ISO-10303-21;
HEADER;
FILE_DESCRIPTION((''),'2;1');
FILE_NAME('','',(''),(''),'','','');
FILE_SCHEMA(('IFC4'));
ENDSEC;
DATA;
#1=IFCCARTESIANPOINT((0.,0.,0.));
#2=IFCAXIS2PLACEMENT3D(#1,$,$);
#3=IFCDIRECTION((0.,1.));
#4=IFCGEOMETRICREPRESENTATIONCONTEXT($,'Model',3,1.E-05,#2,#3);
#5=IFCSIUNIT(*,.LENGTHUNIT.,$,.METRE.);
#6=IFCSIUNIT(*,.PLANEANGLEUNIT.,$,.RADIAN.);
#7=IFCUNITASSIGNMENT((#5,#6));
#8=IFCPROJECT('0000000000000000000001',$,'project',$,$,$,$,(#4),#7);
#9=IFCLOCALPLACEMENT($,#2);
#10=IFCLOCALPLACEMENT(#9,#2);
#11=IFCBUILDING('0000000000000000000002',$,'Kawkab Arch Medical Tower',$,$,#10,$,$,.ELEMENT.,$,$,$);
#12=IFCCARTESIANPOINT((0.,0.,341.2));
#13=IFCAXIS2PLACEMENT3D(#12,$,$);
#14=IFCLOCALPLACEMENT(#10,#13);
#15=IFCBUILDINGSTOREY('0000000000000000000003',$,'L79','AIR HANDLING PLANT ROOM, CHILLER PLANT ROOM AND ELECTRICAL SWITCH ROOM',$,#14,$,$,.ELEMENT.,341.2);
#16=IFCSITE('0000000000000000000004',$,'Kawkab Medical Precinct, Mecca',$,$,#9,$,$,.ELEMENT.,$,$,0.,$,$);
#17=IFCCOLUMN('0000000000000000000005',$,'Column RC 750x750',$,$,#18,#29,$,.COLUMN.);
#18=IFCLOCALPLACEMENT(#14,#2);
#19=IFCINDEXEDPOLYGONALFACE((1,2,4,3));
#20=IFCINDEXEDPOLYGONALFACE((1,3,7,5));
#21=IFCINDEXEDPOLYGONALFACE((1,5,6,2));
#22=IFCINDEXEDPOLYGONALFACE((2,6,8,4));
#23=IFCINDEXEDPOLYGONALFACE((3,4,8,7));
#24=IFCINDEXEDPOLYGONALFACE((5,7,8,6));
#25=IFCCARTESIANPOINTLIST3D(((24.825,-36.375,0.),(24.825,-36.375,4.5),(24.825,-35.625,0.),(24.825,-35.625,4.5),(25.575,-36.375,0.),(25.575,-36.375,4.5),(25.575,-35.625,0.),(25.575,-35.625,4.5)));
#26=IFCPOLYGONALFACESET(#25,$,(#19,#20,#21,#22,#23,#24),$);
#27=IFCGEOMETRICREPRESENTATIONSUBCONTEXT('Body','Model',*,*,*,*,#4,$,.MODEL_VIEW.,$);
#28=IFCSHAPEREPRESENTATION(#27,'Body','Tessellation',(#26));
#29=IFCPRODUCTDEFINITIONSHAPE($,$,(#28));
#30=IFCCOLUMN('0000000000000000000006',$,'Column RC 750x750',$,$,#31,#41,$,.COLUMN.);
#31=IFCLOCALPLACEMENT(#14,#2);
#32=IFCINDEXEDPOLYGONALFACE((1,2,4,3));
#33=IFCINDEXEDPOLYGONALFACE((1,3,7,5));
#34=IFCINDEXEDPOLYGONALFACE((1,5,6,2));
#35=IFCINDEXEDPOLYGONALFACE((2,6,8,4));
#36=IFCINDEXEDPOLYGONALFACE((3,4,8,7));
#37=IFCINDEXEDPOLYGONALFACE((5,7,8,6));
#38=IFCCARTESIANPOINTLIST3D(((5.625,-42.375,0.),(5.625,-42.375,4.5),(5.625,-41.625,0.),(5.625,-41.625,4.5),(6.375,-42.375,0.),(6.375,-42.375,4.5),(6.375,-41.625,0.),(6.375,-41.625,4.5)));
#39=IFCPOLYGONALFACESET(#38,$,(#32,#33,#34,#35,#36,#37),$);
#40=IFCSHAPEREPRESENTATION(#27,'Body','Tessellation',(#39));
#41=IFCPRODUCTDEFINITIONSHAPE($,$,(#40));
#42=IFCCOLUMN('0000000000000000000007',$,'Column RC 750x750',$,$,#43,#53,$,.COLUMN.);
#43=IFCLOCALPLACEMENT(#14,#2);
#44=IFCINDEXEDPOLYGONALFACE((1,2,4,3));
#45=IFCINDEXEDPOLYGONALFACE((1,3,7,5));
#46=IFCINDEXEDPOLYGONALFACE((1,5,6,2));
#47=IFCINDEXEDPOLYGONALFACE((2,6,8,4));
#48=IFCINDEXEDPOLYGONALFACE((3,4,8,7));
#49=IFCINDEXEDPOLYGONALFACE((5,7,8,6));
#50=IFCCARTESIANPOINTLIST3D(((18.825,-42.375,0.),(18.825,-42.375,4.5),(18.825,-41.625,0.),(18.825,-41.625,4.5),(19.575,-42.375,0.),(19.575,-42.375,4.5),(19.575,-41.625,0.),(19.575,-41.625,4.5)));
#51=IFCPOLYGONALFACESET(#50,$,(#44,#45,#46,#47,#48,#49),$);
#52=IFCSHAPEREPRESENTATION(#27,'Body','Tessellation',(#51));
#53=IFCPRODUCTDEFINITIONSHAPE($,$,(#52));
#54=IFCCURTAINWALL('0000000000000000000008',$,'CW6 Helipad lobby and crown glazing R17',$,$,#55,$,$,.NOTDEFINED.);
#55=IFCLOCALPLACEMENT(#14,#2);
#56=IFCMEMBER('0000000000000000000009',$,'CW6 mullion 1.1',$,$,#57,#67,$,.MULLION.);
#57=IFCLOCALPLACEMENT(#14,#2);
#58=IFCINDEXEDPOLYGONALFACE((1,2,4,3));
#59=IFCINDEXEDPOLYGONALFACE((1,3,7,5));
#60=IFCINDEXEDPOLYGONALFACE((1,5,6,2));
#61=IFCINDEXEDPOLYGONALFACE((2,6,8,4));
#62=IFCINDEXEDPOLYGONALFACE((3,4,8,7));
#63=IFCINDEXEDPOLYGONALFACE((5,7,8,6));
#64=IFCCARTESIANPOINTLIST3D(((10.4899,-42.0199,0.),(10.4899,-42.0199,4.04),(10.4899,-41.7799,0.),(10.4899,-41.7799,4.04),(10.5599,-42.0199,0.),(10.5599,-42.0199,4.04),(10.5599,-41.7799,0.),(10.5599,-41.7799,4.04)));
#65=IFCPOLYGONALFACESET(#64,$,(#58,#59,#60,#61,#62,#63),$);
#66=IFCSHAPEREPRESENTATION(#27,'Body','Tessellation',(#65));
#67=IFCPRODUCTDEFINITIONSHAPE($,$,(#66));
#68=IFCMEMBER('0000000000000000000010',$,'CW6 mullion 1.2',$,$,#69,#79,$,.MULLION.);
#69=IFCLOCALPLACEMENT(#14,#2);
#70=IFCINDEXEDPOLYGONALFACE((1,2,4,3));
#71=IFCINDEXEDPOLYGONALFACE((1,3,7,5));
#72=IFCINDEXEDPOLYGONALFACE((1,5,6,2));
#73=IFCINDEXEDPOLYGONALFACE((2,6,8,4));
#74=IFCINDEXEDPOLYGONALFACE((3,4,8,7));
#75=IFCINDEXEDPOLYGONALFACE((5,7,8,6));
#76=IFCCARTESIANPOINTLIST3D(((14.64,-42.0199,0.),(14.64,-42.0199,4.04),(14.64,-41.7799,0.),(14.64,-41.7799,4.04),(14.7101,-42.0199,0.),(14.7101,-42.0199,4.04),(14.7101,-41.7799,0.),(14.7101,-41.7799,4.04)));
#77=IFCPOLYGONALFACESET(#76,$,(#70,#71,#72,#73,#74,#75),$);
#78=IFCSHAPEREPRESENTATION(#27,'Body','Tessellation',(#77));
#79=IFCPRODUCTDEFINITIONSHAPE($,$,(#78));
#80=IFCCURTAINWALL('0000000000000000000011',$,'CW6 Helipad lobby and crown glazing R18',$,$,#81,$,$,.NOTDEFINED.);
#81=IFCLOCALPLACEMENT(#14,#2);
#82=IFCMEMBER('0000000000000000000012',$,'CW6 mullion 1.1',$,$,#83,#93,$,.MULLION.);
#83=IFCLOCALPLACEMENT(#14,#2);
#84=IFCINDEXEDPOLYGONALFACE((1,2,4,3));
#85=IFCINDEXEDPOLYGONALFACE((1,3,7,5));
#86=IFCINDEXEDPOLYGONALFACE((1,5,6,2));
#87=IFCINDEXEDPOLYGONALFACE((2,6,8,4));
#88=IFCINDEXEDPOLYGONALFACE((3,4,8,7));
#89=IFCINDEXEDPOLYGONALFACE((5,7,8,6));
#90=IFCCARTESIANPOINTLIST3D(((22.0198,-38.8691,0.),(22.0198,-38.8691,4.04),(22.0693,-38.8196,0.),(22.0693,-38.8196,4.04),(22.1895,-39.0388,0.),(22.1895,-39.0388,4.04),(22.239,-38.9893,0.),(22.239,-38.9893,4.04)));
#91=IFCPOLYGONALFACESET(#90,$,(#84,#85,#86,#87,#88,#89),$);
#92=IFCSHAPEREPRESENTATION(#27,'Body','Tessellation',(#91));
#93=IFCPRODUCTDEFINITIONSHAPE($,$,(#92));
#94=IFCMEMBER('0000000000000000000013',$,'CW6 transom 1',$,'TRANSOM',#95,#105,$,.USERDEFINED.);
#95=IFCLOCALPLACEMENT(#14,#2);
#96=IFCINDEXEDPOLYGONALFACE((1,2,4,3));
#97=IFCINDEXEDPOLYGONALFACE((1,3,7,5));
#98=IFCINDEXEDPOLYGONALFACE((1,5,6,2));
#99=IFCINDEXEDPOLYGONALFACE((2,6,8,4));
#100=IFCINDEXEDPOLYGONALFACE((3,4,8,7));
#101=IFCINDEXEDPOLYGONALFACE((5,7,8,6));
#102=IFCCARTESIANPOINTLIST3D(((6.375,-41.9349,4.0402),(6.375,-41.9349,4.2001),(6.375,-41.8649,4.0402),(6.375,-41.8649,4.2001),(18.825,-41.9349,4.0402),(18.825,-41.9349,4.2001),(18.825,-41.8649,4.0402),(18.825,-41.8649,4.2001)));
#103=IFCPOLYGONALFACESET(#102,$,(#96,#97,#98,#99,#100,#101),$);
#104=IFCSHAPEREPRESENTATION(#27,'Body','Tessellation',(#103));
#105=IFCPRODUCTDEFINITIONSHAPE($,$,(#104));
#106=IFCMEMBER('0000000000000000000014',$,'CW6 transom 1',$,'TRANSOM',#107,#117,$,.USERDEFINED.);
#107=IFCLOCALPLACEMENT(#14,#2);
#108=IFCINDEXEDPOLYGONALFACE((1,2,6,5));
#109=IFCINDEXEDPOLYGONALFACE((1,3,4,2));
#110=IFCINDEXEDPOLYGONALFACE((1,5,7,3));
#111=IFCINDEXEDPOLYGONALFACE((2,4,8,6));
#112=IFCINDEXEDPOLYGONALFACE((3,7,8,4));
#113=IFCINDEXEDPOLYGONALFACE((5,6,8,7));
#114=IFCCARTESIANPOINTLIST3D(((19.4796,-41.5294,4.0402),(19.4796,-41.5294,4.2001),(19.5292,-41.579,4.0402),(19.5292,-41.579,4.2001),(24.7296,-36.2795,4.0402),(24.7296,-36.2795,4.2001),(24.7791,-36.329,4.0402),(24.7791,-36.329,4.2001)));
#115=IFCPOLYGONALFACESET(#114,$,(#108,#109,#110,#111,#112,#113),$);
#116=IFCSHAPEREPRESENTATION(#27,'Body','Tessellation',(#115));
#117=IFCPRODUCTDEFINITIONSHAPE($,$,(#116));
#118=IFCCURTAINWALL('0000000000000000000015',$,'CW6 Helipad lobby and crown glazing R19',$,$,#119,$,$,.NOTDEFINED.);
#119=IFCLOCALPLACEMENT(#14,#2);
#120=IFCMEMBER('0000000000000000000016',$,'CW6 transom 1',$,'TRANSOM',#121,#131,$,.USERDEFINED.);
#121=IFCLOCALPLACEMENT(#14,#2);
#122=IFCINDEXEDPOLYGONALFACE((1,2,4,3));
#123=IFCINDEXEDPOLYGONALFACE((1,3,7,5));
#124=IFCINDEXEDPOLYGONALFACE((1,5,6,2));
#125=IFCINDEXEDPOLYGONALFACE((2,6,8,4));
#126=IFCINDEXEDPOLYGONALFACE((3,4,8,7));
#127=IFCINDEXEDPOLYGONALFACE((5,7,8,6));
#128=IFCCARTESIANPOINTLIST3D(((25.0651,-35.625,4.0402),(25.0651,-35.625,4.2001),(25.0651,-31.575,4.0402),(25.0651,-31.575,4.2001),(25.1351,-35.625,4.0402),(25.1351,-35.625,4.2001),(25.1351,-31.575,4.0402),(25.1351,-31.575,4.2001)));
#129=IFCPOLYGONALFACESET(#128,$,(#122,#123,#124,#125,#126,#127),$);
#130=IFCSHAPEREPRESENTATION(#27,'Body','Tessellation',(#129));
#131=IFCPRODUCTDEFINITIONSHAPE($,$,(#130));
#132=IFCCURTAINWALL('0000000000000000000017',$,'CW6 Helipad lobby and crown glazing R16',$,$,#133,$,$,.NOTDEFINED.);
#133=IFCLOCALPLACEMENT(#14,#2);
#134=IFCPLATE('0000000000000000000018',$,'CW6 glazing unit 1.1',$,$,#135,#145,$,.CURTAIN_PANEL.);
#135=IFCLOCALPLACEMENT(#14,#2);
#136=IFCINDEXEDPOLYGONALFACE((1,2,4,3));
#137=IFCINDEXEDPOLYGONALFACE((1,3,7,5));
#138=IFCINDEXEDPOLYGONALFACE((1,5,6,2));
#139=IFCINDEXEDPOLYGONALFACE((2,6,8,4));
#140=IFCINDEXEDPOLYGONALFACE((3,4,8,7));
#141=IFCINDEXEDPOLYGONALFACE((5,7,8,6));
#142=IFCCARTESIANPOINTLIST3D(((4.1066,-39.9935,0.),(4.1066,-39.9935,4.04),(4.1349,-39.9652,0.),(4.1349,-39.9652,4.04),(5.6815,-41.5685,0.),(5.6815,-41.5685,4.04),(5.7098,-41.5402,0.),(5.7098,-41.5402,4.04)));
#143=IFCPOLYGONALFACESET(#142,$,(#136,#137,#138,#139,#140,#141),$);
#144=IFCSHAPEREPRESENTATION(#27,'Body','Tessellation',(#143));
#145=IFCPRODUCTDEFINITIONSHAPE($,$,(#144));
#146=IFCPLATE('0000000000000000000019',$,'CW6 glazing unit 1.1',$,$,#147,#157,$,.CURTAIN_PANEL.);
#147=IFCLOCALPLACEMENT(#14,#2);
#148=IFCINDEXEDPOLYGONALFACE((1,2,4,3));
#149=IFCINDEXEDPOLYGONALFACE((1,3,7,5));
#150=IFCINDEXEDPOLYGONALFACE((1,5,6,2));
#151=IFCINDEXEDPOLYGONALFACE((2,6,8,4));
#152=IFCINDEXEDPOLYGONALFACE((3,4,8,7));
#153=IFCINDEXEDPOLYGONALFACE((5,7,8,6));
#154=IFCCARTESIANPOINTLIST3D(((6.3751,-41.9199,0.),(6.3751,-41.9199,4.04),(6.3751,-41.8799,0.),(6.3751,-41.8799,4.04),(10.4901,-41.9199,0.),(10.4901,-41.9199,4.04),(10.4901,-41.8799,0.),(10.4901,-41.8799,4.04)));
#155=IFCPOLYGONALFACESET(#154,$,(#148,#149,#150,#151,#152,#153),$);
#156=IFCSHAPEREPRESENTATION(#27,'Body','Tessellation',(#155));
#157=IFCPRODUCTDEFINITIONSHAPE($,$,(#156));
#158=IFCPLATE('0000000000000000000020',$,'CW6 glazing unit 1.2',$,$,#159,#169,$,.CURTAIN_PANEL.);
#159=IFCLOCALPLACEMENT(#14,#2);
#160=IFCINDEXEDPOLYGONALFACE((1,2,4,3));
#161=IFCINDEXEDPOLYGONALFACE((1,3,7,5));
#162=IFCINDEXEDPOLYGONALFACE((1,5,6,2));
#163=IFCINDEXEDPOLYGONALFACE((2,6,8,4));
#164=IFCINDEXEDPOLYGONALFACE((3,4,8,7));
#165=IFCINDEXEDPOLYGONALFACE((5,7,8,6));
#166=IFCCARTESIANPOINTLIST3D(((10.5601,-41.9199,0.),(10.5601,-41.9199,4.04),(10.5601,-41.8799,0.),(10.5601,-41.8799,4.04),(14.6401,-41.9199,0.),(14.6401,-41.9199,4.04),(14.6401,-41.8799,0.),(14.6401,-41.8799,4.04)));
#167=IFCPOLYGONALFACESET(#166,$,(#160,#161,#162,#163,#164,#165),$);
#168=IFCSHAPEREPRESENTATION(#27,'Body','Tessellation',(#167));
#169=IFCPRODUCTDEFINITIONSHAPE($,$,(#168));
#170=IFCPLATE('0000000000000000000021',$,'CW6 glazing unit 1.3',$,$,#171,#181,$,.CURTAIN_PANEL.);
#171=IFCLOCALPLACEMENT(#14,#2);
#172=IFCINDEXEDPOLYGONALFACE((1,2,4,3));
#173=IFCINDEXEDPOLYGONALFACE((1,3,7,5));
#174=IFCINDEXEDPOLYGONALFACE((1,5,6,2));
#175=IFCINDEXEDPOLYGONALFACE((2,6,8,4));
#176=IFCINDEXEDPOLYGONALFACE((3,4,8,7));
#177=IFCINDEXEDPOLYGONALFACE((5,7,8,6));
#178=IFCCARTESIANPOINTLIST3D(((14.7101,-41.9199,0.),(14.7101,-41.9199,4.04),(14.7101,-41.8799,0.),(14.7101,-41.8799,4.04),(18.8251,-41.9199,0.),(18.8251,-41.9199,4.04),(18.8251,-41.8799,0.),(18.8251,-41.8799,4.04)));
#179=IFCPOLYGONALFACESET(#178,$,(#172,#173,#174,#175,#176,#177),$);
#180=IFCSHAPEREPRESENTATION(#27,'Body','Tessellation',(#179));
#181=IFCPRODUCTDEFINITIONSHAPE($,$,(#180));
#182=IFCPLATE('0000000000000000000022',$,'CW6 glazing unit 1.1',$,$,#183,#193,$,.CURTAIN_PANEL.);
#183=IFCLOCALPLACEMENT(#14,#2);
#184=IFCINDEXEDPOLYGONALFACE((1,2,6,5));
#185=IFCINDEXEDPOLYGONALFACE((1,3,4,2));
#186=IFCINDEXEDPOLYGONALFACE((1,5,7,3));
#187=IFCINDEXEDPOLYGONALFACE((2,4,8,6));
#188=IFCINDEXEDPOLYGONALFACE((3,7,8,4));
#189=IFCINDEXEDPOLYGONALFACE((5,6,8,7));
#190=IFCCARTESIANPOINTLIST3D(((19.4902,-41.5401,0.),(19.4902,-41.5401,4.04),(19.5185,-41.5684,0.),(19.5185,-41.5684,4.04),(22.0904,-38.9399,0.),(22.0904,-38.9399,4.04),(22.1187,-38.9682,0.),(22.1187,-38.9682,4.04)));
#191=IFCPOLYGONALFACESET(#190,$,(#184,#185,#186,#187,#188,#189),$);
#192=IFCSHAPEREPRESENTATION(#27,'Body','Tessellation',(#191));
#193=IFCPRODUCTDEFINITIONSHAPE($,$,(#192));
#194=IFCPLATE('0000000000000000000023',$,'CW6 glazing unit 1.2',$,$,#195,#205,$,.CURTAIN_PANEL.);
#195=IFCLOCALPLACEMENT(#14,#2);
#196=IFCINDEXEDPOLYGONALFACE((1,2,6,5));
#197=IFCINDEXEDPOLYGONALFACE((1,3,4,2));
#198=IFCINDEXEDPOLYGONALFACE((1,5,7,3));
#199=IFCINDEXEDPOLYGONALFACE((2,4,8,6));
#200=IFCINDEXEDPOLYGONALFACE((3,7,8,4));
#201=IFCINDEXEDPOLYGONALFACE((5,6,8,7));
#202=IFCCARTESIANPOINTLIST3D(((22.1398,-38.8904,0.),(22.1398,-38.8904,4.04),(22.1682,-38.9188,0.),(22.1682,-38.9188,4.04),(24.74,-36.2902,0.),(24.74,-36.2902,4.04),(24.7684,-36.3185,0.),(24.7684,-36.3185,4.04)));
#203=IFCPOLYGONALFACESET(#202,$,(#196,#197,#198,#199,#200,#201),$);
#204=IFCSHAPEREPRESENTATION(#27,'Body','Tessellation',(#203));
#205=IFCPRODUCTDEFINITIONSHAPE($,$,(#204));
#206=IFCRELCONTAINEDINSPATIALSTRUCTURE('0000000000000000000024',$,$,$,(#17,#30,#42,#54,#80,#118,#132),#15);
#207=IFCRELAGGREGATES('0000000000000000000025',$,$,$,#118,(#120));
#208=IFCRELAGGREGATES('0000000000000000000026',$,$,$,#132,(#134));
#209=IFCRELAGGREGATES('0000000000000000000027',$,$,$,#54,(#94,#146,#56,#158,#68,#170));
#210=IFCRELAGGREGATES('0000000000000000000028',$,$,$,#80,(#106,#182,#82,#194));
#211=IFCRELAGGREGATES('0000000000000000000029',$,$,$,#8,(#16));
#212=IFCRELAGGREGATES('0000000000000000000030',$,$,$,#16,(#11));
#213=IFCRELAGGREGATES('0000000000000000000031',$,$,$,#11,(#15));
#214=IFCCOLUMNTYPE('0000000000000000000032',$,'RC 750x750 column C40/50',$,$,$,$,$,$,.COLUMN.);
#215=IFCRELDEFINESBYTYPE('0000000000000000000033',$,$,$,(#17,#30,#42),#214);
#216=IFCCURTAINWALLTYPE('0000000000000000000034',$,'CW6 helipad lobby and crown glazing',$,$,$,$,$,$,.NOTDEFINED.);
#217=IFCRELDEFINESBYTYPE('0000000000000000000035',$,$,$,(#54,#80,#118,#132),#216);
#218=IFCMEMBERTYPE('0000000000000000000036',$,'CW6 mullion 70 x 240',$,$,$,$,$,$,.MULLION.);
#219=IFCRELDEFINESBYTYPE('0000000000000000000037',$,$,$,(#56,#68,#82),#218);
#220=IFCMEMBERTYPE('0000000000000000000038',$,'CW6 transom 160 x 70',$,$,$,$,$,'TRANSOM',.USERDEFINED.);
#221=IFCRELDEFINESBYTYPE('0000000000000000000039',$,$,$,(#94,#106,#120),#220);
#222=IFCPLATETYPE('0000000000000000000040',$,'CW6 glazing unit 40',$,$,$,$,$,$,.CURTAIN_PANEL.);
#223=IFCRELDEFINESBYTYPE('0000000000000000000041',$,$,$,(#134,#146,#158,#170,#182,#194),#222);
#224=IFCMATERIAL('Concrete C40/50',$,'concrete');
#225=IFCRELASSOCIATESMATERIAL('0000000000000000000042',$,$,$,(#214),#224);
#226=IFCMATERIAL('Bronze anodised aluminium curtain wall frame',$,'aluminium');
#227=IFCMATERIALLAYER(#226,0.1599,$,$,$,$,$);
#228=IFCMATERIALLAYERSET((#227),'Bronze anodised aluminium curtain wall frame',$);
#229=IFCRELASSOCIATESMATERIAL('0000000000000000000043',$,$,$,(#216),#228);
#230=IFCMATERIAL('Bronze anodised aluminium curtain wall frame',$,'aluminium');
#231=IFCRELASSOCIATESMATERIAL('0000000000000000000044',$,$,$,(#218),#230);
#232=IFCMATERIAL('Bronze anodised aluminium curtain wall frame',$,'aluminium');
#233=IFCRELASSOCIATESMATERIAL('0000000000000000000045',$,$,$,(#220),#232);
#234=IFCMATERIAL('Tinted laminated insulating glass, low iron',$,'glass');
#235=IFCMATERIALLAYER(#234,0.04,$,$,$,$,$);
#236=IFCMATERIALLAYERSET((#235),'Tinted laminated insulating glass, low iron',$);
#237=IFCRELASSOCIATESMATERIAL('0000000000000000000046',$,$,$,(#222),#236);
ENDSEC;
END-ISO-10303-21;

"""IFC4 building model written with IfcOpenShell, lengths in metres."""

from ifc_helpers import new_model, si_unit, direction, frame, origin, origin_2d, place, context, subcontext, project, spatial, rectangle, extrude, material, layer, layer_set, material_profile, profile_set, type_object, element, aggregate, save


model = new_model("IFC4")

# Units and contexts
model_context = context("Model", 3, precision=1e-05, world=origin(), true_north=direction((0.0, 1.0)))
body_context = subcontext(model_context, "Body", "Model", "MODEL_VIEW")
ifc_project = project(units=[si_unit("LENGTHUNIT", "METRE"), si_unit("PLANEANGLEUNIT", "RADIAN")], contexts=[model_context])

# Site, building, storey
site_placement = place(None, origin())
site = spatial("IfcSite", under=ifc_project, at=site_placement, Name="Kawkab Medical Precinct, Mecca", CompositionType="ELEMENT", RefElevation=0.0)
building_placement = place(site_placement, origin())
building = spatial("IfcBuilding", under=site, at=building_placement, Name="Kawkab Arch Medical Tower", CompositionType="ELEMENT")
storey_placement = place(building_placement, frame((0.0, 0.0, 341.2)))
storey = spatial("IfcBuildingStorey", under=building, at=storey_placement, Name="L79", Description="AIR HANDLING PLANT ROOM, CHILLER PLANT ROOM AND ELECTRICAL SWITCH ROOM", CompositionType="ELEMENT", Elevation=341.2)

# Columns
ifc_material_1 = material(Name="Concrete C40/50", Category="concrete")
ifc_material_profile_1 = material_profile(ifc_material_1, rectangle(XDim=0.75, YDim=0.75, at=origin_2d()), Name="RC 750x750")
ifc_profile_set_1 = profile_set([ifc_material_profile_1], Name="Concrete C40/50")
column_type = type_object("IfcColumnType", Name="RC 750x750 column C40/50", PredefinedType="COLUMN", material=ifc_profile_set_1)
for number, where, z_axis, x_axis, name in (
    (1, (25.2, -36.0, 0.0), (0.0, 0.0, 1.0), (1.0, 0.0, 0.0), "Column RC 750x750"),
    (2, (6.0, -42.0, 0.0), (0.0, 0.0, 1.0), (1.0, 0.0, 0.0), "Column RC 750x750"),
    (3, (19.2, -42.0, 0.0), (0.0, 0.0, 1.0), (1.0, 0.0, 0.0), "Column RC 750x750"),
):
    element("IfcColumn", number, at=place(storey_placement, frame(where, z_axis=z_axis, x_axis=x_axis)), inside=storey, type_object=column_type, Name=name, PredefinedType="COLUMN", context=body_context, shape_type="SweptSolid", body=[
        extrude(rectangle(XDim=0.75, YDim=0.75, at=origin_2d()), origin(), (0.0, 0.0, 1.0), 4.5),
    ])

# Curtain wall, members
ifc_material_2 = material(Name="Bronze anodised aluminium curtain wall frame", Category="aluminium")
ifc_layer_1 = layer(ifc_material_2, 0.1599)
ifc_layer_set_1 = layer_set([ifc_layer_1], Name="Bronze anodised aluminium curtain wall frame")
curtain_wall_type = type_object("IfcCurtainWallType", Name="CW6 helipad lobby and crown glazing", PredefinedType="NOTDEFINED", material=ifc_layer_set_1)
placement = place(storey_placement, origin())
curtain_wall_1 = element("IfcCurtainWall", 4, at=placement, inside=storey, type_object=curtain_wall_type, Name="CW6 Helipad lobby and crown glazing R17", PredefinedType="NOTDEFINED")
ifc_material_3 = material(Name="Bronze anodised aluminium curtain wall frame", Category="aluminium")
ifc_material_profile_2 = material_profile(ifc_material_3, rectangle(XDim=0.24, YDim=0.0701, at=origin_2d()), Name="AL 70x240")
ifc_profile_set_2 = profile_set([ifc_material_profile_2], Name="Bronze anodised aluminium curtain wall frame")
member_type_1 = type_object("IfcMemberType", Name="CW6 mullion 70 x 240", PredefinedType="MULLION", material=ifc_profile_set_2)
member_1_placement = place(storey_placement, frame((10.5249, -41.8999, 0.0), z_axis=(0.0, 0.0, 1.0), x_axis=(0.0, 1.0, 0.0)))
member_1 = element("IfcMember", 5, at=member_1_placement, type_object=member_type_1, Name="CW6 mullion 1.1", PredefinedType="MULLION", context=body_context, shape_type="SweptSolid", body=[
    extrude(rectangle(XDim=0.24, YDim=0.0701, at=origin_2d()), origin(), (0.0, 0.0, 1.0), 4.04),
])
member_2_placement = place(storey_placement, frame((14.675, -41.8999, 0.0), z_axis=(0.0, 0.0, 1.0), x_axis=(0.0, 1.0, 0.0)))
member_2 = element("IfcMember", 6, at=member_2_placement, type_object=member_type_1, Name="CW6 mullion 1.2", PredefinedType="MULLION", context=body_context, shape_type="SweptSolid", body=[
    extrude(rectangle(XDim=0.24, YDim=0.0701, at=origin_2d()), origin(), (0.0, 0.0, 1.0), 4.04),
])

# Curtain wall, member
curtain_wall_2 = element("IfcCurtainWall", 7, at=placement, inside=storey, type_object=curtain_wall_type, Name="CW6 Helipad lobby and crown glazing R18", PredefinedType="NOTDEFINED")
member_3_placement = place(storey_placement, frame((22.1294, -38.9292, 0.0), z_axis=(0.0, 0.0, 1.0), x_axis=(-0.707107, 0.707107, 0.0)))
member_3 = element("IfcMember", 8, at=member_3_placement, type_object=member_type_1, Name="CW6 mullion 1.1", PredefinedType="MULLION", context=body_context, shape_type="SweptSolid", body=[
    extrude(rectangle(XDim=0.24, YDim=0.0701, at=origin_2d()), origin(), (0.0, 0.0, 1.0), 4.04),
])

# Members
ifc_material_4 = material(Name="Bronze anodised aluminium curtain wall frame", Category="aluminium")
ifc_material_profile_3 = material_profile(ifc_material_4, rectangle(XDim=0.0701, YDim=0.1599, at=origin_2d()), Name="AL 70x160")
ifc_profile_set_3 = profile_set([ifc_material_profile_3], Name="Bronze anodised aluminium curtain wall frame")
member_type_2 = type_object("IfcMemberType", Name="CW6 transom 160 x 70", ElementType="TRANSOM", PredefinedType="USERDEFINED", material=ifc_profile_set_3)
member_4_placement = place(storey_placement, frame((6.375, -41.8999, 4.1201), z_axis=(1.0, 0.0, 0.0), x_axis=(0.0, 1.0, 0.0)))
member_4 = element("IfcMember", 9, at=member_4_placement, type_object=member_type_2, Name="CW6 transom 1", ObjectType="TRANSOM", PredefinedType="USERDEFINED", context=body_context, shape_type="SweptSolid", body=[
    extrude(rectangle(XDim=0.0701, YDim=0.1599, at=origin_2d()), origin(), (0.0, 0.0, 1.0), 12.45),
])
member_5_placement = place(storey_placement, frame((19.5044, -41.5542, 4.1201), z_axis=(0.707107, 0.707107, 0.0), x_axis=(-0.707107, 0.707107, 0.0)))
member_5 = element("IfcMember", 10, at=member_5_placement, type_object=member_type_2, Name="CW6 transom 1", ObjectType="TRANSOM", PredefinedType="USERDEFINED", context=body_context, shape_type="SweptSolid", body=[
    extrude(rectangle(XDim=0.0701, YDim=0.1599, at=origin_2d()), origin(), (0.0, 0.0, 1.0), 7.4246),
])

# Curtain wall, member
curtain_wall_3 = element("IfcCurtainWall", 11, at=placement, inside=storey, type_object=curtain_wall_type, Name="CW6 Helipad lobby and crown glazing R19", PredefinedType="NOTDEFINED")
member_6_placement = place(storey_placement, frame((25.1001, -35.625, 4.1201), z_axis=(0.0, 1.0, 0.0), x_axis=(-1.0, 0.0, 0.0)))
member_6 = element("IfcMember", 12, at=member_6_placement, type_object=member_type_2, Name="CW6 transom 1", ObjectType="TRANSOM", PredefinedType="USERDEFINED", context=body_context, shape_type="SweptSolid", body=[
    extrude(rectangle(XDim=0.0701, YDim=0.1599, at=origin_2d()), origin(), (0.0, 0.0, 1.0), 4.05),
])
aggregate(curtain_wall_3, [member_6])

# Curtain wall, plate
curtain_wall_4 = element("IfcCurtainWall", 13, at=placement, inside=storey, type_object=curtain_wall_type, Name="CW6 Helipad lobby and crown glazing R16", PredefinedType="NOTDEFINED")
ifc_material_5 = material(Name="Tinted laminated insulating glass, low iron", Category="glass")
ifc_layer_2 = layer(ifc_material_5, 0.04)
ifc_layer_set_2 = layer_set([ifc_layer_2], Name="Tinted laminated insulating glass, low iron")
plate_type_1 = type_object("IfcPlateType", Name="CW6 glazing unit 40", PredefinedType="CURTAIN_PANEL", material=ifc_layer_set_2)
plate_1_placement = place(storey_placement, frame((4.9082, -40.7668, 0.0), z_axis=(0.0, 0.0, 1.0), x_axis=(0.707107, -0.707107, 0.0)))
plate_1 = element("IfcPlate", 14, at=plate_1_placement, type_object=plate_type_1, Name="CW6 glazing unit 1.1", PredefinedType="CURTAIN_PANEL", context=body_context, shape_type="SweptSolid", body=[
    extrude(rectangle(XDim=2.2273, YDim=0.04, at=origin_2d()), origin(), (0.0, 0.0, 1.0), 4.04),
])
aggregate(curtain_wall_4, [plate_1])

# Plates
plate_2_placement = place(storey_placement, frame((8.4326, -41.8999, 0.0), z_axis=(0.0, 0.0, 1.0), x_axis=(1.0, 0.0, 0.0)))
plate_2 = element("IfcPlate", 15, at=plate_2_placement, type_object=plate_type_1, Name="CW6 glazing unit 1.1", PredefinedType="CURTAIN_PANEL", context=body_context, shape_type="SweptSolid", body=[
    extrude(rectangle(XDim=4.115, YDim=0.04, at=origin_2d()), origin(), (0.0, 0.0, 1.0), 4.04),
])
plate_3_placement = place(storey_placement, frame((12.6001, -41.8999, 0.0), z_axis=(0.0, 0.0, 1.0), x_axis=(1.0, 0.0, 0.0)))
plate_3 = element("IfcPlate", 16, at=plate_3_placement, type_object=plate_type_1, Name="CW6 glazing unit 1.2", PredefinedType="CURTAIN_PANEL", context=body_context, shape_type="SweptSolid", body=[
    extrude(rectangle(XDim=4.0801, YDim=0.04, at=origin_2d()), origin(), (0.0, 0.0, 1.0), 4.04),
])
plate_4_placement = place(storey_placement, frame((16.7676, -41.8999, 0.0), z_axis=(0.0, 0.0, 1.0), x_axis=(1.0, 0.0, 0.0)))
plate_4 = element("IfcPlate", 17, at=plate_4_placement, type_object=plate_type_1, Name="CW6 glazing unit 1.3", PredefinedType="CURTAIN_PANEL", context=body_context, shape_type="SweptSolid", body=[
    extrude(rectangle(XDim=4.115, YDim=0.04, at=origin_2d()), origin(), (0.0, 0.0, 1.0), 4.04),
])
aggregate(curtain_wall_1, [member_4, plate_2, member_1, plate_3, member_2, plate_4])
plate_5_placement = place(storey_placement, frame((20.8044, -40.2542, 0.0), z_axis=(0.0, 0.0, 1.0), x_axis=(0.707107, 0.707107, 0.0)))
plate_5 = element("IfcPlate", 18, at=plate_5_placement, type_object=plate_type_1, Name="CW6 glazing unit 1.1", PredefinedType="CURTAIN_PANEL", context=body_context, shape_type="SweptSolid", body=[
    extrude(rectangle(XDim=3.6772, YDim=0.04, at=origin_2d()), origin(), (0.0, 0.0, 1.0), 4.04),
])
plate_6_placement = place(storey_placement, frame((23.4541, -37.6045, 0.0), z_axis=(0.0, 0.0, 1.0), x_axis=(0.707107, 0.707107, 0.0)))
plate_6 = element("IfcPlate", 19, at=plate_6_placement, type_object=plate_type_1, Name="CW6 glazing unit 1.2", PredefinedType="CURTAIN_PANEL", context=body_context, shape_type="SweptSolid", body=[
    extrude(rectangle(XDim=3.6772, YDim=0.04, at=origin_2d()), origin(), (0.0, 0.0, 1.0), 4.04),
])
aggregate(curtain_wall_2, [member_5, plate_5, member_3, plate_6])

save(model, "model.ifc")
